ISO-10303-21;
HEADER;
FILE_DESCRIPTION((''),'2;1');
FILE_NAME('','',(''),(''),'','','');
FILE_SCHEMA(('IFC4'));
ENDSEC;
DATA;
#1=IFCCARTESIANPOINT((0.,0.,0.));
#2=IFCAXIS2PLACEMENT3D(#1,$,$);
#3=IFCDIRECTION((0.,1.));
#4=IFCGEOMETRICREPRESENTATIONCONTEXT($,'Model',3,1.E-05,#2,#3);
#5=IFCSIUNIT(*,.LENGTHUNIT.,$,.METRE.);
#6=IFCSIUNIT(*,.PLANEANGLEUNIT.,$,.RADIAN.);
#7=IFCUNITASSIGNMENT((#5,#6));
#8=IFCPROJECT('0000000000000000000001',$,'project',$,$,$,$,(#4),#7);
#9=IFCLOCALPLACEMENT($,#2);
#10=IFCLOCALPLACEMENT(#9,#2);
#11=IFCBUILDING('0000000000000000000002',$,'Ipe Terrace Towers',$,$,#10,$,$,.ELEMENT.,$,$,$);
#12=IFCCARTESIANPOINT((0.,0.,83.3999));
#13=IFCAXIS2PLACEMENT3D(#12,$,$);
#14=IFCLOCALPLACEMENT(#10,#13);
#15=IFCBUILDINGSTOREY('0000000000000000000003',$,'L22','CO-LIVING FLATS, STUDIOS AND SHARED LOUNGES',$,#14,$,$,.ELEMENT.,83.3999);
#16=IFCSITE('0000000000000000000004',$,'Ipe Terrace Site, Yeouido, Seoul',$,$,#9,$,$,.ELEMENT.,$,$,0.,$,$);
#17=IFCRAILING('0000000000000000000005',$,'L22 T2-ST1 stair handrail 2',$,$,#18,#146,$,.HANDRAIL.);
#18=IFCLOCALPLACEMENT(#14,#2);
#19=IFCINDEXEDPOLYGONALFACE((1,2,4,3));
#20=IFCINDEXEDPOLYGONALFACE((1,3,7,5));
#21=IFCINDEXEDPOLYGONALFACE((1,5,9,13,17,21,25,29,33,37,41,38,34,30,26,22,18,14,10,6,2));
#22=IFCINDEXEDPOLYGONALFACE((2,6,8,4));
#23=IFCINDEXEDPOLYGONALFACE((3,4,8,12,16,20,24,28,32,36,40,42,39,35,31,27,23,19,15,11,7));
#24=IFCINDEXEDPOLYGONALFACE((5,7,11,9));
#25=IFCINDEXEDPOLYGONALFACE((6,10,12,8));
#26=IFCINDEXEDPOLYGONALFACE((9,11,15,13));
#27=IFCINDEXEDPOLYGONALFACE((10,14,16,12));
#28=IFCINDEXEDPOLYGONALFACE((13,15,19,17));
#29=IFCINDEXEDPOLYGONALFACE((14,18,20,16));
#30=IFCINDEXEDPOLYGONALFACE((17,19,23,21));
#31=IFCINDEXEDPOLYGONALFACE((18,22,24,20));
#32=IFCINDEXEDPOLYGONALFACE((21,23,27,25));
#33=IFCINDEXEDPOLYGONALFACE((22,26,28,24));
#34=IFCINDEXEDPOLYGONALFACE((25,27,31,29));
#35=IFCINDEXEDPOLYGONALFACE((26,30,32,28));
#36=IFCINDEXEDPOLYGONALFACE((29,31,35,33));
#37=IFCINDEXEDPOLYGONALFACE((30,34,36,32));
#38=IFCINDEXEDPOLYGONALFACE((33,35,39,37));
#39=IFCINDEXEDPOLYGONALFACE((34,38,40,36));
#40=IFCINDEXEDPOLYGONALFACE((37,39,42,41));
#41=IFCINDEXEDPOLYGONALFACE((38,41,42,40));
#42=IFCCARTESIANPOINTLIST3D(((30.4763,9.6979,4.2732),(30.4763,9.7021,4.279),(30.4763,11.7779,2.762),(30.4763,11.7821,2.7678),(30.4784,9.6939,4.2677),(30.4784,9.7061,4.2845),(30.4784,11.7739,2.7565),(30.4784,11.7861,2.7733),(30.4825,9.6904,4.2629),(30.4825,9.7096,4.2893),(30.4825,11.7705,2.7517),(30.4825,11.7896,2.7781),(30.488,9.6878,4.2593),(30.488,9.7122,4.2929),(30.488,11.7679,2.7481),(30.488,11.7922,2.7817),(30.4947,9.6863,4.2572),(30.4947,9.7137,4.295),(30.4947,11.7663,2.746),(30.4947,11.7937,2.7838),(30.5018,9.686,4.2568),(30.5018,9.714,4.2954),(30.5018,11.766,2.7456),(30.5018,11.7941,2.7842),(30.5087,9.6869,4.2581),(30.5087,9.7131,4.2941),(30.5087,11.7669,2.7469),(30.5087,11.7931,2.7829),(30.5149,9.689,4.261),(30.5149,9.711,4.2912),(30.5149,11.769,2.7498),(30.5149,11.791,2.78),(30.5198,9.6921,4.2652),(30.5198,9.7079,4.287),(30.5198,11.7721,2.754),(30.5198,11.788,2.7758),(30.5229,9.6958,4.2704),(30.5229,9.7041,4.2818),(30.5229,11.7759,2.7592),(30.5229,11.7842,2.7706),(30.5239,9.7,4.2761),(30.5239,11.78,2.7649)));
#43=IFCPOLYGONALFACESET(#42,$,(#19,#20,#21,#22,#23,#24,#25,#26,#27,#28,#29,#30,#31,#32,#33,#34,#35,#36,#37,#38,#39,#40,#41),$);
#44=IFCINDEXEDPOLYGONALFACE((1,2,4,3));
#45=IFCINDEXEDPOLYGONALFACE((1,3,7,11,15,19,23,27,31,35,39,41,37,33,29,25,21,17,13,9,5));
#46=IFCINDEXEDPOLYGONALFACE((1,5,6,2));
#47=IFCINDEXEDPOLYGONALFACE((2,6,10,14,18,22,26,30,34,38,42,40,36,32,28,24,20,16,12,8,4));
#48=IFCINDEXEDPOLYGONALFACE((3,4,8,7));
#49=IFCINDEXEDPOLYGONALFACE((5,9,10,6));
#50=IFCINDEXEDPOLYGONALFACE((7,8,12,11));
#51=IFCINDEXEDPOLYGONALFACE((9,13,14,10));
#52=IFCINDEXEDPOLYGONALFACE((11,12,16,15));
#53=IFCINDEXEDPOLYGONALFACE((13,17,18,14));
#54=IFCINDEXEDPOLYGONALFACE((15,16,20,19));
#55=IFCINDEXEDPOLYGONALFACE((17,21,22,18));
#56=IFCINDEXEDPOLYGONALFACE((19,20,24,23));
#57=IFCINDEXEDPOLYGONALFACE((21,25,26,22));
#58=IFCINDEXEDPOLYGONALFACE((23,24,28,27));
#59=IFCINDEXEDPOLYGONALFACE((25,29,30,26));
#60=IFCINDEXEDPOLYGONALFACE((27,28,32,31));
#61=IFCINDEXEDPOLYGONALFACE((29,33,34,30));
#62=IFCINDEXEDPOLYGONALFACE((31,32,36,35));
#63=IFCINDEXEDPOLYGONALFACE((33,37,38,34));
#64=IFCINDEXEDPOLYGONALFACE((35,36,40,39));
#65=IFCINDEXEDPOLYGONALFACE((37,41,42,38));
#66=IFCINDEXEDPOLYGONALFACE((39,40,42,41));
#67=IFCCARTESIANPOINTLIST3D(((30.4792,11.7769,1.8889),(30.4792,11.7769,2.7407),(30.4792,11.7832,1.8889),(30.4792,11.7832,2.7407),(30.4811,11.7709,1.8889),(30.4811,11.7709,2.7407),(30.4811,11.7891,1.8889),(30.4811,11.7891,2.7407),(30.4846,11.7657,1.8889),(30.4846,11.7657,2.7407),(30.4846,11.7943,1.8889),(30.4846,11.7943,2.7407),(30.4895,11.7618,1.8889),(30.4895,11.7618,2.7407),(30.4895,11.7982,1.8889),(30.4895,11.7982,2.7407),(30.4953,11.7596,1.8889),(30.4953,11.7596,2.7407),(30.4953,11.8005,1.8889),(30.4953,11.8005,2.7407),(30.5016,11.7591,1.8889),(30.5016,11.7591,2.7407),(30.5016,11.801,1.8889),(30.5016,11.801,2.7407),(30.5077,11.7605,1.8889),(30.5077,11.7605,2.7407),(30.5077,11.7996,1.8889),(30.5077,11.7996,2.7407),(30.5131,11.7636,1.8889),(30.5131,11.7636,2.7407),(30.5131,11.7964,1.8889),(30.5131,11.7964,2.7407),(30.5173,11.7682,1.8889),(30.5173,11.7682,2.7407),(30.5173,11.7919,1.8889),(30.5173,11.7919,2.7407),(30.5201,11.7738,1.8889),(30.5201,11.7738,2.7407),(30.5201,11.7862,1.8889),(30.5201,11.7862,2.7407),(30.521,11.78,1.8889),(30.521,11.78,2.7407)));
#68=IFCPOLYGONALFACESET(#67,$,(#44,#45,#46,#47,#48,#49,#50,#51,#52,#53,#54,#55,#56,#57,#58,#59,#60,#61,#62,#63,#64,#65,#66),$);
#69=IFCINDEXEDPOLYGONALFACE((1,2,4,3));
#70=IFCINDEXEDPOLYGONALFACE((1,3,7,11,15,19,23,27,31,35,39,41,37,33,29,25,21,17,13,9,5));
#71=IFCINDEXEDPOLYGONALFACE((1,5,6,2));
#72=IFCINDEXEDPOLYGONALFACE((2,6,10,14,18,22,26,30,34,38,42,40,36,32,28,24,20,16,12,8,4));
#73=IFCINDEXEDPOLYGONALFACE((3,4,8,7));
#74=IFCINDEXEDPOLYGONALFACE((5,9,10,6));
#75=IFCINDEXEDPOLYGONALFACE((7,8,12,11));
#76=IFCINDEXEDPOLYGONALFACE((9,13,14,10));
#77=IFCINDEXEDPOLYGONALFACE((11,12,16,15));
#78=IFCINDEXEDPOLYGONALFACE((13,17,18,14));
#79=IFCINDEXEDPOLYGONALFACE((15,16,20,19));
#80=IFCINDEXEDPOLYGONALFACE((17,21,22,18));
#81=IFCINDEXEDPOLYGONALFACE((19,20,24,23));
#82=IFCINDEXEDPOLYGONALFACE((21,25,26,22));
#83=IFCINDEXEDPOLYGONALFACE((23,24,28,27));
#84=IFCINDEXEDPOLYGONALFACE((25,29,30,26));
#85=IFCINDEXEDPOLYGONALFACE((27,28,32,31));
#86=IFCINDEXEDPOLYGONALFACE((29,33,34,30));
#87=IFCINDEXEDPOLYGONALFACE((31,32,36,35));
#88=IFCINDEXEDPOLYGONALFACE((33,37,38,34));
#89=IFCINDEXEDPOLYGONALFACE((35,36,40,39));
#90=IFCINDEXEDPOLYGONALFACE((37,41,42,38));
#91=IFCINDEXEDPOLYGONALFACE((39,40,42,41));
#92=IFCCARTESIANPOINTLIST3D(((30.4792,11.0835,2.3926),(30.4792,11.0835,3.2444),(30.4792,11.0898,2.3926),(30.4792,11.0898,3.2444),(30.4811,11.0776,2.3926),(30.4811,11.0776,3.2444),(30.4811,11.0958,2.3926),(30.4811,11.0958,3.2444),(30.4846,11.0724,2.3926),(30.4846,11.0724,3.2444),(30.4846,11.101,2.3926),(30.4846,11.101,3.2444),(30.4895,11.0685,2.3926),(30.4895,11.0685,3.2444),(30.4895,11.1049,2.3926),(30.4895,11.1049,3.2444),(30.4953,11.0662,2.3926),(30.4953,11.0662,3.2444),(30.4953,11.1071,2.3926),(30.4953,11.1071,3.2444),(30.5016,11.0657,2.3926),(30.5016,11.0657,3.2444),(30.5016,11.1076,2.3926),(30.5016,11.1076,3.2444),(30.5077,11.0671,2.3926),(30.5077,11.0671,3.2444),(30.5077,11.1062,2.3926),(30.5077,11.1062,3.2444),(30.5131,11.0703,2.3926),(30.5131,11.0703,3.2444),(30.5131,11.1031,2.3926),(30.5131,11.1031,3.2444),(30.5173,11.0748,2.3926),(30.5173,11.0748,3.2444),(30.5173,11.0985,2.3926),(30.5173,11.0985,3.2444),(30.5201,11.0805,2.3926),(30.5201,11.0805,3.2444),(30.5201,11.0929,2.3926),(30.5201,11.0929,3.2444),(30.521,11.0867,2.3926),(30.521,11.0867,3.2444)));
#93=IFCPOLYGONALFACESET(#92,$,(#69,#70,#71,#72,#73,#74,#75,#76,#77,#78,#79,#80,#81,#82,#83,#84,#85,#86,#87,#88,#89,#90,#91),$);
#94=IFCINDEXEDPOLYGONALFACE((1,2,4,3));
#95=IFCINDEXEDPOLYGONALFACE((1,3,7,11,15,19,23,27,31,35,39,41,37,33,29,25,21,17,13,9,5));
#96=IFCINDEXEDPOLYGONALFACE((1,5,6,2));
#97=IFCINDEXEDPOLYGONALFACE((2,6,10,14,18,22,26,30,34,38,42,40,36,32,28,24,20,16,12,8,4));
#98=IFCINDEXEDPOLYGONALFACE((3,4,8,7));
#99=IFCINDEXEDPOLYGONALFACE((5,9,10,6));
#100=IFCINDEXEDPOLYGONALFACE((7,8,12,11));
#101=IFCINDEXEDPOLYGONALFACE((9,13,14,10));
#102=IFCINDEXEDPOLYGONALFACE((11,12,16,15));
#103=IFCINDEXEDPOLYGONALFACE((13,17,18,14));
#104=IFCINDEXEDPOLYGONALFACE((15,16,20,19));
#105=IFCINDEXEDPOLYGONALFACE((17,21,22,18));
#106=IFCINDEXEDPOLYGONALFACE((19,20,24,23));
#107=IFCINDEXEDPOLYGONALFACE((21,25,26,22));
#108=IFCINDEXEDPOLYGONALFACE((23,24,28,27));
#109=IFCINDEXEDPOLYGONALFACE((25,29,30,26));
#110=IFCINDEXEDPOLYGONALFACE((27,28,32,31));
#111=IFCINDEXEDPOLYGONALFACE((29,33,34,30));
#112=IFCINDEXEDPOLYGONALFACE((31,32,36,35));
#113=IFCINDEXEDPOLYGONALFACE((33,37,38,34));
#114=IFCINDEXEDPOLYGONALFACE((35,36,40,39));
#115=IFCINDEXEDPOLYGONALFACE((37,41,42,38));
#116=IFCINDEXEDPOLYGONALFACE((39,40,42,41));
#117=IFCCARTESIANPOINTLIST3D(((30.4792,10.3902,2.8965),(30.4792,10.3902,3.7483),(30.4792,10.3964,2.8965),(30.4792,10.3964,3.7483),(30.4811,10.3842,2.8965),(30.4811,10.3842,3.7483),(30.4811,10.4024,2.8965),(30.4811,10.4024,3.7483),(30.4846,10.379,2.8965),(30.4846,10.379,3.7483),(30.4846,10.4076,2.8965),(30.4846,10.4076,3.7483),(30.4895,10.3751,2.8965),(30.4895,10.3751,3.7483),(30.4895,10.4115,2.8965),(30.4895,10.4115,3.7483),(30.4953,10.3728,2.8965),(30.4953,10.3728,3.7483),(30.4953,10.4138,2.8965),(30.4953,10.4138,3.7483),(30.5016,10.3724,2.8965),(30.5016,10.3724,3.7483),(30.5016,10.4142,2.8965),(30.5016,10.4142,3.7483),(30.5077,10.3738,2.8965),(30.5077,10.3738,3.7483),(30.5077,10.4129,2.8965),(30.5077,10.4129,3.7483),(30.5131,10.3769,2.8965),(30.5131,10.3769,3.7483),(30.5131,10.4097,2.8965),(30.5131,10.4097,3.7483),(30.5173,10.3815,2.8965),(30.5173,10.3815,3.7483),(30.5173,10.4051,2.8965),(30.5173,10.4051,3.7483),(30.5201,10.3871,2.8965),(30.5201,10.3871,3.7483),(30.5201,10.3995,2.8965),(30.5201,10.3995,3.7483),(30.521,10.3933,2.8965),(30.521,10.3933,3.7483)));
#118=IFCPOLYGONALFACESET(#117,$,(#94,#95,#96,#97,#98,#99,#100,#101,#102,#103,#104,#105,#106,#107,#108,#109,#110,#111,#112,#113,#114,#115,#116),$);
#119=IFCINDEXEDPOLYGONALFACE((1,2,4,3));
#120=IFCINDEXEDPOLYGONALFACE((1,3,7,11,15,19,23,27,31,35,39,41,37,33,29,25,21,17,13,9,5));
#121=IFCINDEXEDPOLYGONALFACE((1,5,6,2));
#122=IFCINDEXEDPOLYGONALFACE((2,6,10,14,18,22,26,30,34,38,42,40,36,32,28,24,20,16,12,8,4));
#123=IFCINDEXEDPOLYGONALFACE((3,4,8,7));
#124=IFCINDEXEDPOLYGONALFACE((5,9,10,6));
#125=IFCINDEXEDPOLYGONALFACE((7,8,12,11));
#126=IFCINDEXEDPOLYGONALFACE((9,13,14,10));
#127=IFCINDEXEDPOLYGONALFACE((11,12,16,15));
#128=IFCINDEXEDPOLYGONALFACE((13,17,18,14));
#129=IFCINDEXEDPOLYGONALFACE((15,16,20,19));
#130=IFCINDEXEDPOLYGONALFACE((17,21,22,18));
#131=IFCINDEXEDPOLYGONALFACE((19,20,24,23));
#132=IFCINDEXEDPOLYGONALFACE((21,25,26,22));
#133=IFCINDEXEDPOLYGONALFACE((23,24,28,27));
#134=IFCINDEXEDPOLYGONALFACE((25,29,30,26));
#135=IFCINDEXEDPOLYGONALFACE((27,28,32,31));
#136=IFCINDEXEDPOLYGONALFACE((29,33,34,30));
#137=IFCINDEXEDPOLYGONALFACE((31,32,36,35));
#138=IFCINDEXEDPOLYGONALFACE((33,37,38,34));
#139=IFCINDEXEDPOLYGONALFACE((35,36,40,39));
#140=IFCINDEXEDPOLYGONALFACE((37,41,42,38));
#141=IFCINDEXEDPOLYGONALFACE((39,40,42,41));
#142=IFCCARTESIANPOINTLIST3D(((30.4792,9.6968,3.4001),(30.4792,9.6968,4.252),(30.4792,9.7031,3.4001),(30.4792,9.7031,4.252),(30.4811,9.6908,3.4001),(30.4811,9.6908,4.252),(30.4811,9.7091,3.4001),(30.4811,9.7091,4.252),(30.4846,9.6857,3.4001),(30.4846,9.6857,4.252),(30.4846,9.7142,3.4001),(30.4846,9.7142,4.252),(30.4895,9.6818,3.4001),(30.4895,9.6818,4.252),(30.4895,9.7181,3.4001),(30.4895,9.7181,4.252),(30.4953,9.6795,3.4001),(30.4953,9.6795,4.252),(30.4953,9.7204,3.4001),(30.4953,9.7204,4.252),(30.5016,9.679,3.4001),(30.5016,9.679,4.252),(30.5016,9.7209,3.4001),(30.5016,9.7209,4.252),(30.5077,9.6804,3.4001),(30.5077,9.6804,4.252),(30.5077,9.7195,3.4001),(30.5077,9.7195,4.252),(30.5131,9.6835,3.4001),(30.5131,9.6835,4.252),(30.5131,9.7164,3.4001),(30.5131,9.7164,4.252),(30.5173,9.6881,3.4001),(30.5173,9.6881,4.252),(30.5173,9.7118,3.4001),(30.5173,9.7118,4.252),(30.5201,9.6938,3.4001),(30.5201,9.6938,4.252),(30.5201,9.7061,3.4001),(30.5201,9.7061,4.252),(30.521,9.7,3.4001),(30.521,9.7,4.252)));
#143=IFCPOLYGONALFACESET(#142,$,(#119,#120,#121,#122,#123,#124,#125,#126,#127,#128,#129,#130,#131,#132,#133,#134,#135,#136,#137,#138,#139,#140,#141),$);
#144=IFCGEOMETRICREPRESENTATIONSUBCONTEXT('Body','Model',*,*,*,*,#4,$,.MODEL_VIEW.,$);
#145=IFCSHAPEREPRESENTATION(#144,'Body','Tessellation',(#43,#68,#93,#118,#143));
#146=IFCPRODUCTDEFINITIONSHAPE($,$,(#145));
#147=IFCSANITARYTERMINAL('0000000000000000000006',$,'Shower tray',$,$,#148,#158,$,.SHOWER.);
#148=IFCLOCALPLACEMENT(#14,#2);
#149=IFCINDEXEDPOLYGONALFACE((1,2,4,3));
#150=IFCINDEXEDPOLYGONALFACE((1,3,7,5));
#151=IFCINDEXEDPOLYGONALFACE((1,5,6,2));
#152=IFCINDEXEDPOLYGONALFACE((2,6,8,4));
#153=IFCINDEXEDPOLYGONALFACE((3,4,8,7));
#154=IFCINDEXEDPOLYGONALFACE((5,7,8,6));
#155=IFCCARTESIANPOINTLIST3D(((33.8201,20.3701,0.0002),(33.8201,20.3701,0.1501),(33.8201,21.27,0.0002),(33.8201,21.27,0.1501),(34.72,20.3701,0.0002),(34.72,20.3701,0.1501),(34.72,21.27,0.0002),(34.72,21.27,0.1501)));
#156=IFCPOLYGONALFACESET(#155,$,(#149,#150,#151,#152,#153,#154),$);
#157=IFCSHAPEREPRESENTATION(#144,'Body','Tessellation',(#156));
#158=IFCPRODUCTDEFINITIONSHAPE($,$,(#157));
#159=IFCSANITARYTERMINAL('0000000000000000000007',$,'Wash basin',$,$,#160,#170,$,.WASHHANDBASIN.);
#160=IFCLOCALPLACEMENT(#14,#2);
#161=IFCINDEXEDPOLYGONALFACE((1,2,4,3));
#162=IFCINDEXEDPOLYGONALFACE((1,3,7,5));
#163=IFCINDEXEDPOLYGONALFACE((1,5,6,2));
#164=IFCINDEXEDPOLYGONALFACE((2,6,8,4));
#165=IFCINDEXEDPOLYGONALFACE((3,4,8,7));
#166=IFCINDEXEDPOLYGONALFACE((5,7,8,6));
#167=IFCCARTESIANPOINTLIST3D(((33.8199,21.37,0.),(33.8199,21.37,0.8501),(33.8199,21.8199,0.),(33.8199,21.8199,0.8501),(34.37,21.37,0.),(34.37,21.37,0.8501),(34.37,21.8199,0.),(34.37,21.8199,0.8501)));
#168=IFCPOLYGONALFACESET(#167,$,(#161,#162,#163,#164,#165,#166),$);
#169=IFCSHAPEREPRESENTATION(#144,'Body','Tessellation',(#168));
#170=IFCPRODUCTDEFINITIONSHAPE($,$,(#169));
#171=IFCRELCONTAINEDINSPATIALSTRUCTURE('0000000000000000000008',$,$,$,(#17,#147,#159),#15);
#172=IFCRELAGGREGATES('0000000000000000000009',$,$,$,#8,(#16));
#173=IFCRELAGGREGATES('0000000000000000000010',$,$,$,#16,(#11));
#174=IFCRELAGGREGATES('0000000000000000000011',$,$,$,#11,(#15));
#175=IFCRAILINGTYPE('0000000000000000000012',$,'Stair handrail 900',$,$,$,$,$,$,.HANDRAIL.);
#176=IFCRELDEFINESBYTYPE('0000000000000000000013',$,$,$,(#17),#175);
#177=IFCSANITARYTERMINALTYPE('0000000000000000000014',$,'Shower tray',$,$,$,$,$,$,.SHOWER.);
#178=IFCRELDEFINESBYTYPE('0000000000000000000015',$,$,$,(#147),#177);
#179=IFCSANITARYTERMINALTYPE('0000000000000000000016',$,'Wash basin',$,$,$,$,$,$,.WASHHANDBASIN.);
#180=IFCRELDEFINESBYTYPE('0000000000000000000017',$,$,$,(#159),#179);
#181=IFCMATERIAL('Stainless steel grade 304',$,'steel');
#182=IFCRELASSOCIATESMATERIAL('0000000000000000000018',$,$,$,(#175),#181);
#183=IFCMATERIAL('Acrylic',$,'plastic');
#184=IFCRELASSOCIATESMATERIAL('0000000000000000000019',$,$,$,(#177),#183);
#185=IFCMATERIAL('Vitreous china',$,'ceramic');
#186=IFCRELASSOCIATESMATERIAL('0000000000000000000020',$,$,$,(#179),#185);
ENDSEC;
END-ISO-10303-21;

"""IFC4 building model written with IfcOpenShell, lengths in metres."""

from ifc_helpers import new_model, si_unit, direction, frame, origin, origin_2d, place, context, subcontext, project, spatial, rectangle, circle, extrude, material, type_object, element, save


model = new_model("IFC4")

# Units and contexts
model_context = context("Model", 3, precision=1e-05, world=origin(), true_north=direction((0.0, 1.0)))
body_context = subcontext(model_context, "Body", "Model", "MODEL_VIEW")
ifc_project = project(units=[si_unit("LENGTHUNIT", "METRE"), si_unit("PLANEANGLEUNIT", "RADIAN")], contexts=[model_context])

# Site, building, storey
site_placement = place(None, origin())
site = spatial("IfcSite", under=ifc_project, at=site_placement, Name="Ipe Terrace Site, Yeouido, Seoul", CompositionType="ELEMENT", RefElevation=0.0)
building_placement = place(site_placement, origin())
building = spatial("IfcBuilding", under=site, at=building_placement, Name="Ipe Terrace Towers", CompositionType="ELEMENT")
storey_placement = place(building_placement, frame((0.0, 0.0, 83.3999)))
storey = spatial("IfcBuildingStorey", under=building, at=storey_placement, Name="L22", Description="CO-LIVING FLATS, STUDIOS AND SHARED LOUNGES", CompositionType="ELEMENT", Elevation=83.3999)

# Railing
ifc_material_1 = material(Name="Stainless steel grade 304", Category="steel")
railing_type_1 = type_object("IfcRailingType", Name="Stair handrail 900", PredefinedType="HANDRAIL", material=ifc_material_1)
railing_1_placement = place(storey_placement, frame((30.5, 11.78, 1.8889)))
element("IfcRailing", 1, at=railing_1_placement, inside=storey, type_object=railing_type_1, Name="L22 T2-ST1 stair handrail 2", PredefinedType="HANDRAIL", context=body_context, shape_type="SweptSolid", body=[
    extrude(circle(Radius=0.0239, at=origin_2d()), frame((0.0, 0.0, 0.876), z_axis=(0.0, -0.809023, 0.587776), x_axis=(1.0, 0.0, 0.0)), (0.0, 0.0, 1.0), 2.571),
    extrude(circle(Radius=0.021, at=origin_2d()), origin(), (0.0, 0.0, 1.0), 0.8518),
    extrude(circle(Radius=0.021, at=origin_2d()), frame((0.0, -0.6934, 0.5037)), (0.0, 0.0, 1.0), 0.8518),
    extrude(circle(Radius=0.021, at=origin_2d()), frame((0.0, -1.3867, 1.0076)), (0.0, 0.0, 1.0), 0.8518),
    extrude(circle(Radius=0.021, at=origin_2d()), frame((0.0, -2.0801, 1.5112)), (0.0, 0.0, 1.0), 0.8518),
])

# Sanitary terminals
ifc_material_2 = material(Name="Acrylic", Category="plastic")
sanitary_terminal_type_1 = type_object("IfcSanitaryTerminalType", Name="Shower tray", PredefinedType="SHOWER", material=ifc_material_2)
sanitary_terminal_1_placement = place(storey_placement, frame((34.27, 20.8201, 0.0002), z_axis=(0.0, 0.0, 1.0), x_axis=(1.0, 0.0, 0.0)))
element("IfcSanitaryTerminal", 2, at=sanitary_terminal_1_placement, inside=storey, type_object=sanitary_terminal_type_1, Name="Shower tray", PredefinedType="SHOWER", context=body_context, shape_type="SweptSolid", body=[
    extrude(rectangle(XDim=0.8999, YDim=0.8999, at=origin_2d()), origin(), (0.0, 0.0, 1.0), 0.1499),
])
ifc_material_3 = material(Name="Vitreous china", Category="ceramic")
sanitary_terminal_type_2 = type_object("IfcSanitaryTerminalType", Name="Wash basin", PredefinedType="WASHHANDBASIN", material=ifc_material_3)
sanitary_terminal_2_placement = place(storey_placement, frame((34.095, 21.595, 0.0), z_axis=(0.0, 0.0, 1.0), x_axis=(1.0, 0.0, 0.0)))
element("IfcSanitaryTerminal", 3, at=sanitary_terminal_2_placement, inside=storey, type_object=sanitary_terminal_type_2, Name="Wash basin", PredefinedType="WASHHANDBASIN", context=body_context, shape_type="SweptSolid", body=[
    extrude(rectangle(XDim=0.55, YDim=0.45, at=origin_2d()), origin(), (0.0, 0.0, 1.0), 0.8501),
])

save(model, "model.ifc")
